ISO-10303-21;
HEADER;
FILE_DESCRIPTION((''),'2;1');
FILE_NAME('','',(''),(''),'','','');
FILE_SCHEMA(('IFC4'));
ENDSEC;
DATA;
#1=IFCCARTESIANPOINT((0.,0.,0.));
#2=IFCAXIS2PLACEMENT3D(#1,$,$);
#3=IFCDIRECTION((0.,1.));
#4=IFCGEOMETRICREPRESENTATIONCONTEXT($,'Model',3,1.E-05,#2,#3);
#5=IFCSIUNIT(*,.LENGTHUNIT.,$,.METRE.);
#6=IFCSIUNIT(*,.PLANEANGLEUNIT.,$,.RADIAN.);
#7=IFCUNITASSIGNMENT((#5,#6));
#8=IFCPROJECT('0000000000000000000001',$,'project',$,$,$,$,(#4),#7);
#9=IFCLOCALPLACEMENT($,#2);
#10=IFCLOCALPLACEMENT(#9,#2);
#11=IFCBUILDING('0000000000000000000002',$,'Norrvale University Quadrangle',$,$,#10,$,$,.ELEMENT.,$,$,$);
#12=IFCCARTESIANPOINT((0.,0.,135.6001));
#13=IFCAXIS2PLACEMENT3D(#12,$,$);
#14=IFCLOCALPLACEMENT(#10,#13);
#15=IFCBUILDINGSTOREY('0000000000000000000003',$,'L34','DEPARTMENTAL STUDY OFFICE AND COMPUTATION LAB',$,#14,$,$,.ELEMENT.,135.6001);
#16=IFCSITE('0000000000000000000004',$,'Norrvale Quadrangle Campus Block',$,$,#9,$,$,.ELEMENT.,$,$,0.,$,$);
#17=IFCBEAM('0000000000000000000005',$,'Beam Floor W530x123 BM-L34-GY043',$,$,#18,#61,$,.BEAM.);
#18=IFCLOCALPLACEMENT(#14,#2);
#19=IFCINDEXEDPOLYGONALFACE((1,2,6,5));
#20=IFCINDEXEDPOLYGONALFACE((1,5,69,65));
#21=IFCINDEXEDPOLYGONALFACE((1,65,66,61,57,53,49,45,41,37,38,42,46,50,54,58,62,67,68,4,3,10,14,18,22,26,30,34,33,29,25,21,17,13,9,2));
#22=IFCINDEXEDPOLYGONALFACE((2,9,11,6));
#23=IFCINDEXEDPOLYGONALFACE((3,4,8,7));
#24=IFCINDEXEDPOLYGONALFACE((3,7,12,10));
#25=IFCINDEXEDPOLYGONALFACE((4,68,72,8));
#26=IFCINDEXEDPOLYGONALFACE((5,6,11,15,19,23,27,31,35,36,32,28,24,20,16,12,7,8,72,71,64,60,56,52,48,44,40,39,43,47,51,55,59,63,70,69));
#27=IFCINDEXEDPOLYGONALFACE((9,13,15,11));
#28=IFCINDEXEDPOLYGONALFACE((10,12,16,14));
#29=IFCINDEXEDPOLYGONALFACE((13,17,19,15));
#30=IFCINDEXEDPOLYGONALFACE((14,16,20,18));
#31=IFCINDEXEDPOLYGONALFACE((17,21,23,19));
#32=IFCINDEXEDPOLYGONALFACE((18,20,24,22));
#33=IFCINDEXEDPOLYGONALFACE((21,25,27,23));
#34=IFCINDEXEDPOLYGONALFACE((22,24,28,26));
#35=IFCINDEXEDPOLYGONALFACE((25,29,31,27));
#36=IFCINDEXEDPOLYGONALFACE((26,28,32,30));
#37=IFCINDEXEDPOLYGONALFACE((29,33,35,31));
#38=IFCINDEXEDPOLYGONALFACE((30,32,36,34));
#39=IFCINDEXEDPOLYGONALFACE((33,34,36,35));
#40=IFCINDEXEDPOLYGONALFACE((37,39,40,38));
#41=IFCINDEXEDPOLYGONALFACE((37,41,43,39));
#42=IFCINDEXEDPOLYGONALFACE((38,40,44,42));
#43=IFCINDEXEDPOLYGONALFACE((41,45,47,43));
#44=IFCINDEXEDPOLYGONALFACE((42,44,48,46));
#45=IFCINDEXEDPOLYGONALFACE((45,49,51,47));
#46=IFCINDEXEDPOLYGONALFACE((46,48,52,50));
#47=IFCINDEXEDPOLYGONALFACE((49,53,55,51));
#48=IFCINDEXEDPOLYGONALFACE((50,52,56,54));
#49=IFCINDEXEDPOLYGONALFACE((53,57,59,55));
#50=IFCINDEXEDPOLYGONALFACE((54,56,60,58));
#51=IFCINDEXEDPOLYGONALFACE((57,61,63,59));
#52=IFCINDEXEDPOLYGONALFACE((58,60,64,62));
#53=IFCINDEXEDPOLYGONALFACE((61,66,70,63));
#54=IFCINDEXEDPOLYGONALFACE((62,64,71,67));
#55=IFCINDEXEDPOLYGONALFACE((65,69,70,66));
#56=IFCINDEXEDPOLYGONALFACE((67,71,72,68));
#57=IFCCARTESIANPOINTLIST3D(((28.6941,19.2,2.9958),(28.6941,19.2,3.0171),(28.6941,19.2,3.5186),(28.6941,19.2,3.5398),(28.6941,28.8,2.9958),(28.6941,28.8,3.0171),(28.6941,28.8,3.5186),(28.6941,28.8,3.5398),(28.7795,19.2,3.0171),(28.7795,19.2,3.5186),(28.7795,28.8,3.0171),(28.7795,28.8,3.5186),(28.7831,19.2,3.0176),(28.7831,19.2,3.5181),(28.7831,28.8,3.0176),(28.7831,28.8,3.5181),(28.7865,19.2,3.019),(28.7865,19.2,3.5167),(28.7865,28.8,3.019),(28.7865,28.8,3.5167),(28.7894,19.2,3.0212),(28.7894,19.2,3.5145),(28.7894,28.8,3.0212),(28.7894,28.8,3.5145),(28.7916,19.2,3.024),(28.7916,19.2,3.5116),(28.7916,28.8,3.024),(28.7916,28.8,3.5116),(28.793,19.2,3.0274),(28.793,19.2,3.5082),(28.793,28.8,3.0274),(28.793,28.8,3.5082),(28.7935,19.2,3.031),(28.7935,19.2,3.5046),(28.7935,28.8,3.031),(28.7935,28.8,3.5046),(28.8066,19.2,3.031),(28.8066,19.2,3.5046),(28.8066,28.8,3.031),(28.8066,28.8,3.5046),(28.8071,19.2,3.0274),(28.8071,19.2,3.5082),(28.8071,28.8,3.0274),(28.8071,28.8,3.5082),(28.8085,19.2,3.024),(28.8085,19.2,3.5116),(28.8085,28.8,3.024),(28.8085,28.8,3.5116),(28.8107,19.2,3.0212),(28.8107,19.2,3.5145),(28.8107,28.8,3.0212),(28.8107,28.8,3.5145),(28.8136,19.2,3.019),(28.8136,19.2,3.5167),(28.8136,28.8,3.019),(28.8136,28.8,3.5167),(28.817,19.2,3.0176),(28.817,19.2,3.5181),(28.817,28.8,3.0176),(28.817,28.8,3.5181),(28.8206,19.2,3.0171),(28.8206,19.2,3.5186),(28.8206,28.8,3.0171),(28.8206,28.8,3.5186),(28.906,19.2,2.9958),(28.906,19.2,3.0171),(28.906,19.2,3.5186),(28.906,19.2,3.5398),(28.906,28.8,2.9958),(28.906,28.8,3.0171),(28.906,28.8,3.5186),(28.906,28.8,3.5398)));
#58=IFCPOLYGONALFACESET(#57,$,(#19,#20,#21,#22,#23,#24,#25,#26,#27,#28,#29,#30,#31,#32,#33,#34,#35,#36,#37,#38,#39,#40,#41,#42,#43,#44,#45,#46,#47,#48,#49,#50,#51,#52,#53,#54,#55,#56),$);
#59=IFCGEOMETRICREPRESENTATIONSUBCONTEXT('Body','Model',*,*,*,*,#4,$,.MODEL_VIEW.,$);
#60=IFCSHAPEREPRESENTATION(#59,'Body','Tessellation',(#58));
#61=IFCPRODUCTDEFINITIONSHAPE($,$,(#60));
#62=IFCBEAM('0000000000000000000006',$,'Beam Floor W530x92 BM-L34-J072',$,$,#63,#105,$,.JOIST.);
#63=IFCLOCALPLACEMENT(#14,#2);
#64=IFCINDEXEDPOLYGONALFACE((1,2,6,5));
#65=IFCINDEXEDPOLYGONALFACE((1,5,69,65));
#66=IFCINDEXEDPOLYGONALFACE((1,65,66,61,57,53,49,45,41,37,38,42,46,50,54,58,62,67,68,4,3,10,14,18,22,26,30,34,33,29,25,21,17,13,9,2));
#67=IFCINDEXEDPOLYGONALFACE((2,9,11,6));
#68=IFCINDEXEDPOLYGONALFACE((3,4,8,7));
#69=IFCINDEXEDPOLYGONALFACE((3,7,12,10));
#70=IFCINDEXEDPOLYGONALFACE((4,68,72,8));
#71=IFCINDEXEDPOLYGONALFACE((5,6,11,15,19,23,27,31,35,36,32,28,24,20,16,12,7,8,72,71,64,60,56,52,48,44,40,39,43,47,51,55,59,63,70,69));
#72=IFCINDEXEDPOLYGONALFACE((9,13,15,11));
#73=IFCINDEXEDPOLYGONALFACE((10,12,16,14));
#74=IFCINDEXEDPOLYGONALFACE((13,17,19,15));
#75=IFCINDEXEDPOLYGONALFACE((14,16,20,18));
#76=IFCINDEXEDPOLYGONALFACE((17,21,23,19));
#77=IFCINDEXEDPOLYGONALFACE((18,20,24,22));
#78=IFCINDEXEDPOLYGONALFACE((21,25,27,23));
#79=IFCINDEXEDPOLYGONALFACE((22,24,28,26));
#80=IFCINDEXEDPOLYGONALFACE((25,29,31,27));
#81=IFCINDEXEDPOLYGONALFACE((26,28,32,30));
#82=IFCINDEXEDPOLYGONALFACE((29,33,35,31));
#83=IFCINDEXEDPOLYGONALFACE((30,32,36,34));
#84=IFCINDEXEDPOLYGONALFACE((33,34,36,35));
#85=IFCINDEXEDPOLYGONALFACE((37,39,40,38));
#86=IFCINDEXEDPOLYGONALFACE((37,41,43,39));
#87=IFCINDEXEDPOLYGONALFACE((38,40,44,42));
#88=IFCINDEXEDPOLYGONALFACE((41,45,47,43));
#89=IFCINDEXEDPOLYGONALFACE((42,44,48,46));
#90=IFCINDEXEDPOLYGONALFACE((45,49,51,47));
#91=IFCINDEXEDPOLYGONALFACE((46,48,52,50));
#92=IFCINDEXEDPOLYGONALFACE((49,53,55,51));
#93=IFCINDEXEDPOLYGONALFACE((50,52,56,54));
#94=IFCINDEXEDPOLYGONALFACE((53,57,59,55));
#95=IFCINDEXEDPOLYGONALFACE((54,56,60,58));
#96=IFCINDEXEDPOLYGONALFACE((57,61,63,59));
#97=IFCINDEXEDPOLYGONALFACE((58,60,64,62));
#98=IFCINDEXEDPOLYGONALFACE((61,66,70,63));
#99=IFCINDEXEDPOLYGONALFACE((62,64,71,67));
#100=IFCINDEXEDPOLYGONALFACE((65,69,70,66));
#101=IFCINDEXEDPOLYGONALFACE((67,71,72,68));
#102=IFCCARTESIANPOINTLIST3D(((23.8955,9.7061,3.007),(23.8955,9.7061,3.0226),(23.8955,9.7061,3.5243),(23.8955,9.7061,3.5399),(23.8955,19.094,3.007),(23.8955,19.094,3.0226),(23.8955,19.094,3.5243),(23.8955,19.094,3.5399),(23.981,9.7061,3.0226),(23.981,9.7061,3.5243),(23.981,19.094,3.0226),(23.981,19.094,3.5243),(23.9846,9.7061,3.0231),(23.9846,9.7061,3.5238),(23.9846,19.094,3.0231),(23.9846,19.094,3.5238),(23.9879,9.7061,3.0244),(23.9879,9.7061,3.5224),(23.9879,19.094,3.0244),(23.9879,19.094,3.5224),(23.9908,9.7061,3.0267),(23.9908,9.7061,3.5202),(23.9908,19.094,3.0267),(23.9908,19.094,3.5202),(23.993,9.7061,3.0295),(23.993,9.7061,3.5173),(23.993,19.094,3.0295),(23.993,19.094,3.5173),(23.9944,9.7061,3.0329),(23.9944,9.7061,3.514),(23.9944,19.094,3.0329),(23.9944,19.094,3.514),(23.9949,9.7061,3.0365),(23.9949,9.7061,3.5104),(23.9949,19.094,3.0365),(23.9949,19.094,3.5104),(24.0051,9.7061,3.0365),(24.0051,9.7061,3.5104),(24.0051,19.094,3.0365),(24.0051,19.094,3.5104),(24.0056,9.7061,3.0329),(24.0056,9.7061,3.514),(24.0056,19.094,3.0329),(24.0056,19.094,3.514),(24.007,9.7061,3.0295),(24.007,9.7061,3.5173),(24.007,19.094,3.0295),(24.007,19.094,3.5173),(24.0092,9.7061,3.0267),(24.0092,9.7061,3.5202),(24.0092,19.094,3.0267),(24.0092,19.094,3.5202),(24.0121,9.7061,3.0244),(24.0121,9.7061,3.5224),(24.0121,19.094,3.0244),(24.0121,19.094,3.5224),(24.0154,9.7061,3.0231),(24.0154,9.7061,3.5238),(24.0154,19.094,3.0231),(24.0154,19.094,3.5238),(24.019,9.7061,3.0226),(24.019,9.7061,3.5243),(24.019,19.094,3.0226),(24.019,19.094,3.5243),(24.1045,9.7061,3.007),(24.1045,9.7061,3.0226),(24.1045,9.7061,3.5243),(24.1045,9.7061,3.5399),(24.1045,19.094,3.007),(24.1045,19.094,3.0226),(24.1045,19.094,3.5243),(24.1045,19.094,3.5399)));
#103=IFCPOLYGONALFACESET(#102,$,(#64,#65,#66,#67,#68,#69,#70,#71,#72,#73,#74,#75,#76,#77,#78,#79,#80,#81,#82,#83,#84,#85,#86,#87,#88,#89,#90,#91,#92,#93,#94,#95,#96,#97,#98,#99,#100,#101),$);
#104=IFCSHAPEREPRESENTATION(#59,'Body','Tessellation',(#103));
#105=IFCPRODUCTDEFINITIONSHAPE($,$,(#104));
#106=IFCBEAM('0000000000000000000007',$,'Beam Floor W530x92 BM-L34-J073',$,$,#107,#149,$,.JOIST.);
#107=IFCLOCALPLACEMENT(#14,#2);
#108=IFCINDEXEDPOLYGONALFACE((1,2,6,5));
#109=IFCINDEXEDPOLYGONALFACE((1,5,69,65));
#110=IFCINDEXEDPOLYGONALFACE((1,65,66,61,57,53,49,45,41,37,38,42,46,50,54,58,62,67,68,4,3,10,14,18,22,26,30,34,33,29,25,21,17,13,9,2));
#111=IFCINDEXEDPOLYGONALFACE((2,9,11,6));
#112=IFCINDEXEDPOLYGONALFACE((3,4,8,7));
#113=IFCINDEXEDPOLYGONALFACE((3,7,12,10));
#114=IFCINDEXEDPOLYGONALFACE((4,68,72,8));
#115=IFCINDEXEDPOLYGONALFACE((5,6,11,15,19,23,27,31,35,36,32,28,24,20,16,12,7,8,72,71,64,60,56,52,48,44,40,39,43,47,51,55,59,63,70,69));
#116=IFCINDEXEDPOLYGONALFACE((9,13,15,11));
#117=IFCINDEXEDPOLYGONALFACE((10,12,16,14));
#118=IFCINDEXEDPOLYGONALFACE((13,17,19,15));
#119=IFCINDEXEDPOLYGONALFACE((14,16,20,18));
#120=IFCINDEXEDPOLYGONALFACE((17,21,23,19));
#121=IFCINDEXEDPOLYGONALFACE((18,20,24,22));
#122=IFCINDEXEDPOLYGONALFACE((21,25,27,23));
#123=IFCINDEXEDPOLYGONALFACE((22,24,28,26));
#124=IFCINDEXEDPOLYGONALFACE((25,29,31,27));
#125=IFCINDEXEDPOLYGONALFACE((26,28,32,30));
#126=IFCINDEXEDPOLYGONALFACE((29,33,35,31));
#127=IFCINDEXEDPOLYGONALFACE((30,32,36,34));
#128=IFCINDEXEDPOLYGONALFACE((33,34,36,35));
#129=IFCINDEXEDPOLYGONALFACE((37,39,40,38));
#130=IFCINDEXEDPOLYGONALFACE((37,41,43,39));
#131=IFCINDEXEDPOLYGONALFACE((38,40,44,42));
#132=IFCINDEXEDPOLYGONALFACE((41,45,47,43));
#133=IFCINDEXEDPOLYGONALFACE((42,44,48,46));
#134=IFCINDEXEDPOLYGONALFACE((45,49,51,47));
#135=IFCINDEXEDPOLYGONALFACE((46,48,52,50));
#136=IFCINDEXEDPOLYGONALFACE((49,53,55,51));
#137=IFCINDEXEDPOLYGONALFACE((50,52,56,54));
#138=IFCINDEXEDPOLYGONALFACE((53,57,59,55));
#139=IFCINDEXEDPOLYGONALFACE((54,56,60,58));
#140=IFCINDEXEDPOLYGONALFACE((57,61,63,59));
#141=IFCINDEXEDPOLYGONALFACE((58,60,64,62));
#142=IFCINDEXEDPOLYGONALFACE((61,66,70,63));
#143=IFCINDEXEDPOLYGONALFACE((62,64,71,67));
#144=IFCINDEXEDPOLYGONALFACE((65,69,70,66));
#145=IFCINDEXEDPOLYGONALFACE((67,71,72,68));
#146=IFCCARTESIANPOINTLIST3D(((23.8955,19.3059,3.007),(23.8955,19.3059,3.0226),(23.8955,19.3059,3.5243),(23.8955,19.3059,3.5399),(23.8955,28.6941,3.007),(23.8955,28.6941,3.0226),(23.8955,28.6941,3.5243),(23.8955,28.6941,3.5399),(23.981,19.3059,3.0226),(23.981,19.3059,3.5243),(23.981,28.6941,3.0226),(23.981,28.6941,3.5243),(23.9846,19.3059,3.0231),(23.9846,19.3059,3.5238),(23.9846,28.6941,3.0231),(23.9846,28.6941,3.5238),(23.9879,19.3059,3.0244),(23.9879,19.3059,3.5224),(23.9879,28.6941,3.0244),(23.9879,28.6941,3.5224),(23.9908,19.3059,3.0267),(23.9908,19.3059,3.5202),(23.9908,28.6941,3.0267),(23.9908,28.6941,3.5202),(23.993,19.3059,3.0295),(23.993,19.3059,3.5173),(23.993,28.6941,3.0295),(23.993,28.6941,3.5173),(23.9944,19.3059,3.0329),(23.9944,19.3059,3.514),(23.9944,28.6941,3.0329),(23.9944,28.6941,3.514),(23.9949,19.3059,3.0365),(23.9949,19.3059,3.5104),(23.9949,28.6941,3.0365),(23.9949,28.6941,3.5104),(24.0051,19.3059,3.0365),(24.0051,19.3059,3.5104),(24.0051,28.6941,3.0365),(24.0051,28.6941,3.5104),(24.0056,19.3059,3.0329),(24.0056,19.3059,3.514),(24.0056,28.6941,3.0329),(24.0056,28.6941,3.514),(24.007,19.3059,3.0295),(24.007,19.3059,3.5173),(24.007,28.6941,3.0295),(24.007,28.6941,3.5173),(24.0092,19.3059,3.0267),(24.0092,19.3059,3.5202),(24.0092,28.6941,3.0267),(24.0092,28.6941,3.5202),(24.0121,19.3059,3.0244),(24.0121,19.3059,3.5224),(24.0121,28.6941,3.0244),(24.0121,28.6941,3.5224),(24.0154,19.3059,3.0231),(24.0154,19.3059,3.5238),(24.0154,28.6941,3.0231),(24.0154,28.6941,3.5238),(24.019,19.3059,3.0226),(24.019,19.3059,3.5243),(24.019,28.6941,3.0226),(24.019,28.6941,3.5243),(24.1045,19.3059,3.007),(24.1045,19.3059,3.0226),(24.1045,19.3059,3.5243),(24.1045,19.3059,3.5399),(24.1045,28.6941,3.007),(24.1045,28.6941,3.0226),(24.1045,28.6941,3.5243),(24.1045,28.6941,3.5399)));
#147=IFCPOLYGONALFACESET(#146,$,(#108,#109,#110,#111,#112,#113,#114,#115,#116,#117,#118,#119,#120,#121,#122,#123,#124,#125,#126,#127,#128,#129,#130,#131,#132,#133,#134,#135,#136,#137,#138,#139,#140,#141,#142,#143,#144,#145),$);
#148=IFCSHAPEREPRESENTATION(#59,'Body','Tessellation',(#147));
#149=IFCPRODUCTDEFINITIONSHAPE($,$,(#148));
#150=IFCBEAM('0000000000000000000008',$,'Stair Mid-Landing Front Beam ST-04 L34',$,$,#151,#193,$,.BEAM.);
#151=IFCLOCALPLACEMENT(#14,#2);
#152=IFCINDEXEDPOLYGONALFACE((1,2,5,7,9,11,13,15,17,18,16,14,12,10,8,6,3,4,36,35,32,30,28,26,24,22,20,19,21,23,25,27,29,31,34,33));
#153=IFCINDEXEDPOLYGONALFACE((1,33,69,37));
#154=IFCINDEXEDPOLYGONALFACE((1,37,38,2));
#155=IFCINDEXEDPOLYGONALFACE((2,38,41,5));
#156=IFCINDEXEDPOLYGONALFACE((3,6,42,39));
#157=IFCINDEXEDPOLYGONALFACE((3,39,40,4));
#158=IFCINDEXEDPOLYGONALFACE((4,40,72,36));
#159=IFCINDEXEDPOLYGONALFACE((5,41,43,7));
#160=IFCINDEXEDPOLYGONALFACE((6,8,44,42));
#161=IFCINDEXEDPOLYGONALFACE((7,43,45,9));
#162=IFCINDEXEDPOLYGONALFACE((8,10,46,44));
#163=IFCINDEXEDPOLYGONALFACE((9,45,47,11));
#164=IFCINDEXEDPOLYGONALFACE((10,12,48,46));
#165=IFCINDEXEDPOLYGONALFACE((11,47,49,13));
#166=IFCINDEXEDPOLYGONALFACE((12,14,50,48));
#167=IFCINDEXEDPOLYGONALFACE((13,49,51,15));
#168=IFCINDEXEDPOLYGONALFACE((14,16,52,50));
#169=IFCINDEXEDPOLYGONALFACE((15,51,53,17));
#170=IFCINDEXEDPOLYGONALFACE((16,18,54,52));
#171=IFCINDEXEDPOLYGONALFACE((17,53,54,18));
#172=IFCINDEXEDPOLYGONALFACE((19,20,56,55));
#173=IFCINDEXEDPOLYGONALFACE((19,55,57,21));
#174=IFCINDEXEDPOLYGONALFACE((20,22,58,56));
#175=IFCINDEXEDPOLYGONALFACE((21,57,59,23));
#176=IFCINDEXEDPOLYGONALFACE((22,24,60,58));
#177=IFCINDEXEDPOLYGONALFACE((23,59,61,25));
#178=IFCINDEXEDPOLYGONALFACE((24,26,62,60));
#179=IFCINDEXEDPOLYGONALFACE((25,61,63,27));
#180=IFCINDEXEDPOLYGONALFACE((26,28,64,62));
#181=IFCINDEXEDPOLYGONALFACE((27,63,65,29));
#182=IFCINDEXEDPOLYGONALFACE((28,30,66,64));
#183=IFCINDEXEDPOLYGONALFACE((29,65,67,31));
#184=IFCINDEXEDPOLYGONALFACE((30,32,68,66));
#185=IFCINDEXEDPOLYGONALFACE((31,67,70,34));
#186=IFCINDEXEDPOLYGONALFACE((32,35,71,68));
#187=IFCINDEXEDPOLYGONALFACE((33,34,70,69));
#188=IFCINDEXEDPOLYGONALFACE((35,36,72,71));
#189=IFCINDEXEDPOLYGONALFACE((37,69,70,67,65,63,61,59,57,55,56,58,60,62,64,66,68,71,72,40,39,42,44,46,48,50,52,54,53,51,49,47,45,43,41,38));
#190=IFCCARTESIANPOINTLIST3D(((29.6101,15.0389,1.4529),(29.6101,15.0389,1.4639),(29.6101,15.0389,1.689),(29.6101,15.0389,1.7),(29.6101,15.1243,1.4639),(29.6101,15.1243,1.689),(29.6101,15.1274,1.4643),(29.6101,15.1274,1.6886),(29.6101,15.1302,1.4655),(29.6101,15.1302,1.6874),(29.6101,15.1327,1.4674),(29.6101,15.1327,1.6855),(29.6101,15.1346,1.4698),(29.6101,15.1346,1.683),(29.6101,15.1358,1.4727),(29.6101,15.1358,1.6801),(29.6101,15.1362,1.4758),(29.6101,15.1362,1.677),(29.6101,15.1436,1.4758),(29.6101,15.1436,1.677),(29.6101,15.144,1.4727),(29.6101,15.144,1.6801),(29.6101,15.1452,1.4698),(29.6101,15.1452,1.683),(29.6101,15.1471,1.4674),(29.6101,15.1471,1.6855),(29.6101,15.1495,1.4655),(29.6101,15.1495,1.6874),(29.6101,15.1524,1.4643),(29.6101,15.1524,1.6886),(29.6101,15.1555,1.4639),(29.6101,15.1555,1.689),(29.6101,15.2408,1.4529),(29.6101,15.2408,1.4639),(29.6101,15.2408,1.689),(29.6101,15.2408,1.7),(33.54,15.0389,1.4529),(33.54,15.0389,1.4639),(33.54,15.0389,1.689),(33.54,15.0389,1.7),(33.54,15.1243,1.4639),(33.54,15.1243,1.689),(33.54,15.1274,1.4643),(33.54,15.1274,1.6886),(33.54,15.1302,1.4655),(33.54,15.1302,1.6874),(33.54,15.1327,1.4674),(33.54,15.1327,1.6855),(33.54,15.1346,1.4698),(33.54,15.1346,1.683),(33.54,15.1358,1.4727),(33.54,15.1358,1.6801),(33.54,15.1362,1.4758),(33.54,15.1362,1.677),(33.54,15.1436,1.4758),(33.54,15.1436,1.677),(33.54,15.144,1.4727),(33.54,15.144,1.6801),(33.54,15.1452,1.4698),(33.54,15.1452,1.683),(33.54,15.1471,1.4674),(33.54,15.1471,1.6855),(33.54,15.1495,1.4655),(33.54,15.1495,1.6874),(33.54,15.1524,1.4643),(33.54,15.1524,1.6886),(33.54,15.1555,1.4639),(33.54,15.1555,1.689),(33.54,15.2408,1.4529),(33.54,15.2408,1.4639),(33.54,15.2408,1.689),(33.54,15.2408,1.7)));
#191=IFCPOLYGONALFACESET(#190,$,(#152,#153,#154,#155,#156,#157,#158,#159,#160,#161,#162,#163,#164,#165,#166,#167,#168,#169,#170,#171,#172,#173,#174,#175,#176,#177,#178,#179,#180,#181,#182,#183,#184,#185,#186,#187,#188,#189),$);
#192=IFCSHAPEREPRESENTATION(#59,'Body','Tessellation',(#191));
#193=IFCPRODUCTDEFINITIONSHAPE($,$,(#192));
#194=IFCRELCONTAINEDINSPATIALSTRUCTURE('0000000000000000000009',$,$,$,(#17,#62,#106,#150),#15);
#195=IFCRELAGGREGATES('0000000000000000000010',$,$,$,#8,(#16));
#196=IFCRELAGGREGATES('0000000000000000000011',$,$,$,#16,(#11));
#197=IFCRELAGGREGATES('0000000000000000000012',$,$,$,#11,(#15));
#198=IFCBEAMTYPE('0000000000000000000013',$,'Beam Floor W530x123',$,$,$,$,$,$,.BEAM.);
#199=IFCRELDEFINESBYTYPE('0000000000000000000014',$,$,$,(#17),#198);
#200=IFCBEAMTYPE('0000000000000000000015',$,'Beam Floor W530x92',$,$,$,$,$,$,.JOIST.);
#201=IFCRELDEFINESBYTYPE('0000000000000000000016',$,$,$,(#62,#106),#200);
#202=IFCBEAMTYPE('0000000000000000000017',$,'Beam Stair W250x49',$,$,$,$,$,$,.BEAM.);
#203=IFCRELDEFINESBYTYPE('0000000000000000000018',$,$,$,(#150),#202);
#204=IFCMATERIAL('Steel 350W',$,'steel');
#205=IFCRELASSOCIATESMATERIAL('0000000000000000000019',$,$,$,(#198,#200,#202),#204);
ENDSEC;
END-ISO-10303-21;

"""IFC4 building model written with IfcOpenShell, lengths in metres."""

from ifc_helpers import new_model, si_unit, direction, frame, origin, origin_2d, place, context, subcontext, project, spatial, i_section, extrude, material, material_profile, profile_set, type_object, element, save


model = new_model("IFC4")

# Units and contexts
model_context = context("Model", 3, precision=1e-05, world=origin(), true_north=direction((0.0, 1.0)))
body_context = subcontext(model_context, "Body", "Model", "MODEL_VIEW")
ifc_project = project(units=[si_unit("LENGTHUNIT", "METRE"), si_unit("PLANEANGLEUNIT", "RADIAN")], contexts=[model_context])

# Site, building, storey
site_placement = place(None, origin())
site = spatial("IfcSite", under=ifc_project, at=site_placement, Name="Norrvale Quadrangle Campus Block", CompositionType="ELEMENT", RefElevation=0.0)
building_placement = place(site_placement, origin())
building = spatial("IfcBuilding", under=site, at=building_placement, Name="Norrvale University Quadrangle", CompositionType="ELEMENT")
storey_placement = place(building_placement, frame((0.0, 0.0, 135.6001)))
storey = spatial("IfcBuildingStorey", under=building, at=storey_placement, Name="L34", Description="DEPARTMENTAL STUDY OFFICE AND COMPUTATION LAB", CompositionType="ELEMENT", Elevation=135.6001)

# Beams
ifc_material_1 = material(Name="Steel 350W", Category="steel")
ifc_material_profile_1 = material_profile(ifc_material_1, i_section(OverallWidth=0.2119, OverallDepth=0.5439, WebThickness=0.0132, FlangeThickness=0.0212, FilletRadius=0.0139, at=origin_2d()), Name="Steel 350W")
ifc_profile_set_1 = profile_set([ifc_material_profile_1], Name="Steel 350W")
beam_type_1 = type_object("IfcBeamType", Name="Beam Floor W530x123", PredefinedType="BEAM", material=ifc_profile_set_1)
for number, where, z_axis, x_axis, name in (
    (1, (28.8, 19.2, 3.2678), (0.0, 1.0, 0.0), (-1.0, 0.0, 0.0), "Beam Floor W530x123 BM-L34-GY043"),
):
    element("IfcBeam", number, at=place(storey_placement, frame(where, z_axis=z_axis, x_axis=x_axis)), inside=storey, type_object=beam_type_1, Name=name, PredefinedType="BEAM", context=body_context, shape_type="SweptSolid", body=[
        extrude(i_section(OverallWidth=0.2119, OverallDepth=0.5439, WebThickness=0.0132, FlangeThickness=0.0212, FilletRadius=0.0139, at=origin_2d()), origin(), (0.0, 0.0, 1.0), 9.6001),
    ])
ifc_material_profile_2 = material_profile(ifc_material_1, i_section(OverallWidth=0.209, OverallDepth=0.533, WebThickness=0.0103, FlangeThickness=0.0156, FilletRadius=0.0139, at=origin_2d()), Name="Steel 350W")
ifc_profile_set_2 = profile_set([ifc_material_profile_2], Name="Steel 350W")
beam_type_2 = type_object("IfcBeamType", Name="Beam Floor W530x92", PredefinedType="JOIST", material=ifc_profile_set_2)
beam_1_placement = place(storey_placement, frame((24.0, 9.7061, 3.2734), z_axis=(0.0, 1.0, 0.0), x_axis=(-1.0, 0.0, 0.0)))
element("IfcBeam", 2, at=beam_1_placement, inside=storey, type_object=beam_type_2, Name="Beam Floor W530x92 BM-L34-J072", PredefinedType="JOIST", context=body_context, shape_type="SweptSolid", body=[
    extrude(i_section(OverallWidth=0.209, OverallDepth=0.533, WebThickness=0.0103, FlangeThickness=0.0156, FilletRadius=0.0139, at=origin_2d()), origin(), (0.0, 0.0, 1.0), 9.3879),
])
beam_2_placement = place(storey_placement, frame((24.0, 19.3059, 3.2734), z_axis=(0.0, 1.0, 0.0), x_axis=(-1.0, 0.0, 0.0)))
element("IfcBeam", 3, at=beam_2_placement, inside=storey, type_object=beam_type_2, Name="Beam Floor W530x92 BM-L34-J073", PredefinedType="JOIST", context=body_context, shape_type="SweptSolid", body=[
    extrude(i_section(OverallWidth=0.209, OverallDepth=0.533, WebThickness=0.0103, FlangeThickness=0.0156, FilletRadius=0.0139, at=origin_2d()), origin(), (0.0, 0.0, 1.0), 9.3882),
])
ifc_material_profile_3 = material_profile(ifc_material_1, i_section(OverallWidth=0.2019, OverallDepth=0.2471, WebThickness=0.0073, FlangeThickness=0.011, FilletRadius=0.012, at=origin_2d()), Name="Steel 350W")
ifc_profile_set_3 = profile_set([ifc_material_profile_3], Name="Steel 350W")
beam_type_3 = type_object("IfcBeamType", Name="Beam Stair W250x49", PredefinedType="BEAM", material=ifc_profile_set_3)
for number, where, z_axis, x_axis, name in (
    (4, (29.6101, 15.1399, 1.5764), (1.0, 0.0, 0.0), (0.0, 1.0, 0.0), "Stair Mid-Landing Front Beam ST-04 L34"),
):
    element("IfcBeam", number, at=place(storey_placement, frame(where, z_axis=z_axis, x_axis=x_axis)), inside=storey, type_object=beam_type_3, Name=name, PredefinedType="BEAM", context=body_context, shape_type="SweptSolid", body=[
        extrude(i_section(OverallWidth=0.2019, OverallDepth=0.2471, WebThickness=0.0073, FlangeThickness=0.011, FilletRadius=0.012, at=origin_2d()), origin(), (0.0, 0.0, 1.0), 3.9299),
    ])

save(model, "model.ifc")
